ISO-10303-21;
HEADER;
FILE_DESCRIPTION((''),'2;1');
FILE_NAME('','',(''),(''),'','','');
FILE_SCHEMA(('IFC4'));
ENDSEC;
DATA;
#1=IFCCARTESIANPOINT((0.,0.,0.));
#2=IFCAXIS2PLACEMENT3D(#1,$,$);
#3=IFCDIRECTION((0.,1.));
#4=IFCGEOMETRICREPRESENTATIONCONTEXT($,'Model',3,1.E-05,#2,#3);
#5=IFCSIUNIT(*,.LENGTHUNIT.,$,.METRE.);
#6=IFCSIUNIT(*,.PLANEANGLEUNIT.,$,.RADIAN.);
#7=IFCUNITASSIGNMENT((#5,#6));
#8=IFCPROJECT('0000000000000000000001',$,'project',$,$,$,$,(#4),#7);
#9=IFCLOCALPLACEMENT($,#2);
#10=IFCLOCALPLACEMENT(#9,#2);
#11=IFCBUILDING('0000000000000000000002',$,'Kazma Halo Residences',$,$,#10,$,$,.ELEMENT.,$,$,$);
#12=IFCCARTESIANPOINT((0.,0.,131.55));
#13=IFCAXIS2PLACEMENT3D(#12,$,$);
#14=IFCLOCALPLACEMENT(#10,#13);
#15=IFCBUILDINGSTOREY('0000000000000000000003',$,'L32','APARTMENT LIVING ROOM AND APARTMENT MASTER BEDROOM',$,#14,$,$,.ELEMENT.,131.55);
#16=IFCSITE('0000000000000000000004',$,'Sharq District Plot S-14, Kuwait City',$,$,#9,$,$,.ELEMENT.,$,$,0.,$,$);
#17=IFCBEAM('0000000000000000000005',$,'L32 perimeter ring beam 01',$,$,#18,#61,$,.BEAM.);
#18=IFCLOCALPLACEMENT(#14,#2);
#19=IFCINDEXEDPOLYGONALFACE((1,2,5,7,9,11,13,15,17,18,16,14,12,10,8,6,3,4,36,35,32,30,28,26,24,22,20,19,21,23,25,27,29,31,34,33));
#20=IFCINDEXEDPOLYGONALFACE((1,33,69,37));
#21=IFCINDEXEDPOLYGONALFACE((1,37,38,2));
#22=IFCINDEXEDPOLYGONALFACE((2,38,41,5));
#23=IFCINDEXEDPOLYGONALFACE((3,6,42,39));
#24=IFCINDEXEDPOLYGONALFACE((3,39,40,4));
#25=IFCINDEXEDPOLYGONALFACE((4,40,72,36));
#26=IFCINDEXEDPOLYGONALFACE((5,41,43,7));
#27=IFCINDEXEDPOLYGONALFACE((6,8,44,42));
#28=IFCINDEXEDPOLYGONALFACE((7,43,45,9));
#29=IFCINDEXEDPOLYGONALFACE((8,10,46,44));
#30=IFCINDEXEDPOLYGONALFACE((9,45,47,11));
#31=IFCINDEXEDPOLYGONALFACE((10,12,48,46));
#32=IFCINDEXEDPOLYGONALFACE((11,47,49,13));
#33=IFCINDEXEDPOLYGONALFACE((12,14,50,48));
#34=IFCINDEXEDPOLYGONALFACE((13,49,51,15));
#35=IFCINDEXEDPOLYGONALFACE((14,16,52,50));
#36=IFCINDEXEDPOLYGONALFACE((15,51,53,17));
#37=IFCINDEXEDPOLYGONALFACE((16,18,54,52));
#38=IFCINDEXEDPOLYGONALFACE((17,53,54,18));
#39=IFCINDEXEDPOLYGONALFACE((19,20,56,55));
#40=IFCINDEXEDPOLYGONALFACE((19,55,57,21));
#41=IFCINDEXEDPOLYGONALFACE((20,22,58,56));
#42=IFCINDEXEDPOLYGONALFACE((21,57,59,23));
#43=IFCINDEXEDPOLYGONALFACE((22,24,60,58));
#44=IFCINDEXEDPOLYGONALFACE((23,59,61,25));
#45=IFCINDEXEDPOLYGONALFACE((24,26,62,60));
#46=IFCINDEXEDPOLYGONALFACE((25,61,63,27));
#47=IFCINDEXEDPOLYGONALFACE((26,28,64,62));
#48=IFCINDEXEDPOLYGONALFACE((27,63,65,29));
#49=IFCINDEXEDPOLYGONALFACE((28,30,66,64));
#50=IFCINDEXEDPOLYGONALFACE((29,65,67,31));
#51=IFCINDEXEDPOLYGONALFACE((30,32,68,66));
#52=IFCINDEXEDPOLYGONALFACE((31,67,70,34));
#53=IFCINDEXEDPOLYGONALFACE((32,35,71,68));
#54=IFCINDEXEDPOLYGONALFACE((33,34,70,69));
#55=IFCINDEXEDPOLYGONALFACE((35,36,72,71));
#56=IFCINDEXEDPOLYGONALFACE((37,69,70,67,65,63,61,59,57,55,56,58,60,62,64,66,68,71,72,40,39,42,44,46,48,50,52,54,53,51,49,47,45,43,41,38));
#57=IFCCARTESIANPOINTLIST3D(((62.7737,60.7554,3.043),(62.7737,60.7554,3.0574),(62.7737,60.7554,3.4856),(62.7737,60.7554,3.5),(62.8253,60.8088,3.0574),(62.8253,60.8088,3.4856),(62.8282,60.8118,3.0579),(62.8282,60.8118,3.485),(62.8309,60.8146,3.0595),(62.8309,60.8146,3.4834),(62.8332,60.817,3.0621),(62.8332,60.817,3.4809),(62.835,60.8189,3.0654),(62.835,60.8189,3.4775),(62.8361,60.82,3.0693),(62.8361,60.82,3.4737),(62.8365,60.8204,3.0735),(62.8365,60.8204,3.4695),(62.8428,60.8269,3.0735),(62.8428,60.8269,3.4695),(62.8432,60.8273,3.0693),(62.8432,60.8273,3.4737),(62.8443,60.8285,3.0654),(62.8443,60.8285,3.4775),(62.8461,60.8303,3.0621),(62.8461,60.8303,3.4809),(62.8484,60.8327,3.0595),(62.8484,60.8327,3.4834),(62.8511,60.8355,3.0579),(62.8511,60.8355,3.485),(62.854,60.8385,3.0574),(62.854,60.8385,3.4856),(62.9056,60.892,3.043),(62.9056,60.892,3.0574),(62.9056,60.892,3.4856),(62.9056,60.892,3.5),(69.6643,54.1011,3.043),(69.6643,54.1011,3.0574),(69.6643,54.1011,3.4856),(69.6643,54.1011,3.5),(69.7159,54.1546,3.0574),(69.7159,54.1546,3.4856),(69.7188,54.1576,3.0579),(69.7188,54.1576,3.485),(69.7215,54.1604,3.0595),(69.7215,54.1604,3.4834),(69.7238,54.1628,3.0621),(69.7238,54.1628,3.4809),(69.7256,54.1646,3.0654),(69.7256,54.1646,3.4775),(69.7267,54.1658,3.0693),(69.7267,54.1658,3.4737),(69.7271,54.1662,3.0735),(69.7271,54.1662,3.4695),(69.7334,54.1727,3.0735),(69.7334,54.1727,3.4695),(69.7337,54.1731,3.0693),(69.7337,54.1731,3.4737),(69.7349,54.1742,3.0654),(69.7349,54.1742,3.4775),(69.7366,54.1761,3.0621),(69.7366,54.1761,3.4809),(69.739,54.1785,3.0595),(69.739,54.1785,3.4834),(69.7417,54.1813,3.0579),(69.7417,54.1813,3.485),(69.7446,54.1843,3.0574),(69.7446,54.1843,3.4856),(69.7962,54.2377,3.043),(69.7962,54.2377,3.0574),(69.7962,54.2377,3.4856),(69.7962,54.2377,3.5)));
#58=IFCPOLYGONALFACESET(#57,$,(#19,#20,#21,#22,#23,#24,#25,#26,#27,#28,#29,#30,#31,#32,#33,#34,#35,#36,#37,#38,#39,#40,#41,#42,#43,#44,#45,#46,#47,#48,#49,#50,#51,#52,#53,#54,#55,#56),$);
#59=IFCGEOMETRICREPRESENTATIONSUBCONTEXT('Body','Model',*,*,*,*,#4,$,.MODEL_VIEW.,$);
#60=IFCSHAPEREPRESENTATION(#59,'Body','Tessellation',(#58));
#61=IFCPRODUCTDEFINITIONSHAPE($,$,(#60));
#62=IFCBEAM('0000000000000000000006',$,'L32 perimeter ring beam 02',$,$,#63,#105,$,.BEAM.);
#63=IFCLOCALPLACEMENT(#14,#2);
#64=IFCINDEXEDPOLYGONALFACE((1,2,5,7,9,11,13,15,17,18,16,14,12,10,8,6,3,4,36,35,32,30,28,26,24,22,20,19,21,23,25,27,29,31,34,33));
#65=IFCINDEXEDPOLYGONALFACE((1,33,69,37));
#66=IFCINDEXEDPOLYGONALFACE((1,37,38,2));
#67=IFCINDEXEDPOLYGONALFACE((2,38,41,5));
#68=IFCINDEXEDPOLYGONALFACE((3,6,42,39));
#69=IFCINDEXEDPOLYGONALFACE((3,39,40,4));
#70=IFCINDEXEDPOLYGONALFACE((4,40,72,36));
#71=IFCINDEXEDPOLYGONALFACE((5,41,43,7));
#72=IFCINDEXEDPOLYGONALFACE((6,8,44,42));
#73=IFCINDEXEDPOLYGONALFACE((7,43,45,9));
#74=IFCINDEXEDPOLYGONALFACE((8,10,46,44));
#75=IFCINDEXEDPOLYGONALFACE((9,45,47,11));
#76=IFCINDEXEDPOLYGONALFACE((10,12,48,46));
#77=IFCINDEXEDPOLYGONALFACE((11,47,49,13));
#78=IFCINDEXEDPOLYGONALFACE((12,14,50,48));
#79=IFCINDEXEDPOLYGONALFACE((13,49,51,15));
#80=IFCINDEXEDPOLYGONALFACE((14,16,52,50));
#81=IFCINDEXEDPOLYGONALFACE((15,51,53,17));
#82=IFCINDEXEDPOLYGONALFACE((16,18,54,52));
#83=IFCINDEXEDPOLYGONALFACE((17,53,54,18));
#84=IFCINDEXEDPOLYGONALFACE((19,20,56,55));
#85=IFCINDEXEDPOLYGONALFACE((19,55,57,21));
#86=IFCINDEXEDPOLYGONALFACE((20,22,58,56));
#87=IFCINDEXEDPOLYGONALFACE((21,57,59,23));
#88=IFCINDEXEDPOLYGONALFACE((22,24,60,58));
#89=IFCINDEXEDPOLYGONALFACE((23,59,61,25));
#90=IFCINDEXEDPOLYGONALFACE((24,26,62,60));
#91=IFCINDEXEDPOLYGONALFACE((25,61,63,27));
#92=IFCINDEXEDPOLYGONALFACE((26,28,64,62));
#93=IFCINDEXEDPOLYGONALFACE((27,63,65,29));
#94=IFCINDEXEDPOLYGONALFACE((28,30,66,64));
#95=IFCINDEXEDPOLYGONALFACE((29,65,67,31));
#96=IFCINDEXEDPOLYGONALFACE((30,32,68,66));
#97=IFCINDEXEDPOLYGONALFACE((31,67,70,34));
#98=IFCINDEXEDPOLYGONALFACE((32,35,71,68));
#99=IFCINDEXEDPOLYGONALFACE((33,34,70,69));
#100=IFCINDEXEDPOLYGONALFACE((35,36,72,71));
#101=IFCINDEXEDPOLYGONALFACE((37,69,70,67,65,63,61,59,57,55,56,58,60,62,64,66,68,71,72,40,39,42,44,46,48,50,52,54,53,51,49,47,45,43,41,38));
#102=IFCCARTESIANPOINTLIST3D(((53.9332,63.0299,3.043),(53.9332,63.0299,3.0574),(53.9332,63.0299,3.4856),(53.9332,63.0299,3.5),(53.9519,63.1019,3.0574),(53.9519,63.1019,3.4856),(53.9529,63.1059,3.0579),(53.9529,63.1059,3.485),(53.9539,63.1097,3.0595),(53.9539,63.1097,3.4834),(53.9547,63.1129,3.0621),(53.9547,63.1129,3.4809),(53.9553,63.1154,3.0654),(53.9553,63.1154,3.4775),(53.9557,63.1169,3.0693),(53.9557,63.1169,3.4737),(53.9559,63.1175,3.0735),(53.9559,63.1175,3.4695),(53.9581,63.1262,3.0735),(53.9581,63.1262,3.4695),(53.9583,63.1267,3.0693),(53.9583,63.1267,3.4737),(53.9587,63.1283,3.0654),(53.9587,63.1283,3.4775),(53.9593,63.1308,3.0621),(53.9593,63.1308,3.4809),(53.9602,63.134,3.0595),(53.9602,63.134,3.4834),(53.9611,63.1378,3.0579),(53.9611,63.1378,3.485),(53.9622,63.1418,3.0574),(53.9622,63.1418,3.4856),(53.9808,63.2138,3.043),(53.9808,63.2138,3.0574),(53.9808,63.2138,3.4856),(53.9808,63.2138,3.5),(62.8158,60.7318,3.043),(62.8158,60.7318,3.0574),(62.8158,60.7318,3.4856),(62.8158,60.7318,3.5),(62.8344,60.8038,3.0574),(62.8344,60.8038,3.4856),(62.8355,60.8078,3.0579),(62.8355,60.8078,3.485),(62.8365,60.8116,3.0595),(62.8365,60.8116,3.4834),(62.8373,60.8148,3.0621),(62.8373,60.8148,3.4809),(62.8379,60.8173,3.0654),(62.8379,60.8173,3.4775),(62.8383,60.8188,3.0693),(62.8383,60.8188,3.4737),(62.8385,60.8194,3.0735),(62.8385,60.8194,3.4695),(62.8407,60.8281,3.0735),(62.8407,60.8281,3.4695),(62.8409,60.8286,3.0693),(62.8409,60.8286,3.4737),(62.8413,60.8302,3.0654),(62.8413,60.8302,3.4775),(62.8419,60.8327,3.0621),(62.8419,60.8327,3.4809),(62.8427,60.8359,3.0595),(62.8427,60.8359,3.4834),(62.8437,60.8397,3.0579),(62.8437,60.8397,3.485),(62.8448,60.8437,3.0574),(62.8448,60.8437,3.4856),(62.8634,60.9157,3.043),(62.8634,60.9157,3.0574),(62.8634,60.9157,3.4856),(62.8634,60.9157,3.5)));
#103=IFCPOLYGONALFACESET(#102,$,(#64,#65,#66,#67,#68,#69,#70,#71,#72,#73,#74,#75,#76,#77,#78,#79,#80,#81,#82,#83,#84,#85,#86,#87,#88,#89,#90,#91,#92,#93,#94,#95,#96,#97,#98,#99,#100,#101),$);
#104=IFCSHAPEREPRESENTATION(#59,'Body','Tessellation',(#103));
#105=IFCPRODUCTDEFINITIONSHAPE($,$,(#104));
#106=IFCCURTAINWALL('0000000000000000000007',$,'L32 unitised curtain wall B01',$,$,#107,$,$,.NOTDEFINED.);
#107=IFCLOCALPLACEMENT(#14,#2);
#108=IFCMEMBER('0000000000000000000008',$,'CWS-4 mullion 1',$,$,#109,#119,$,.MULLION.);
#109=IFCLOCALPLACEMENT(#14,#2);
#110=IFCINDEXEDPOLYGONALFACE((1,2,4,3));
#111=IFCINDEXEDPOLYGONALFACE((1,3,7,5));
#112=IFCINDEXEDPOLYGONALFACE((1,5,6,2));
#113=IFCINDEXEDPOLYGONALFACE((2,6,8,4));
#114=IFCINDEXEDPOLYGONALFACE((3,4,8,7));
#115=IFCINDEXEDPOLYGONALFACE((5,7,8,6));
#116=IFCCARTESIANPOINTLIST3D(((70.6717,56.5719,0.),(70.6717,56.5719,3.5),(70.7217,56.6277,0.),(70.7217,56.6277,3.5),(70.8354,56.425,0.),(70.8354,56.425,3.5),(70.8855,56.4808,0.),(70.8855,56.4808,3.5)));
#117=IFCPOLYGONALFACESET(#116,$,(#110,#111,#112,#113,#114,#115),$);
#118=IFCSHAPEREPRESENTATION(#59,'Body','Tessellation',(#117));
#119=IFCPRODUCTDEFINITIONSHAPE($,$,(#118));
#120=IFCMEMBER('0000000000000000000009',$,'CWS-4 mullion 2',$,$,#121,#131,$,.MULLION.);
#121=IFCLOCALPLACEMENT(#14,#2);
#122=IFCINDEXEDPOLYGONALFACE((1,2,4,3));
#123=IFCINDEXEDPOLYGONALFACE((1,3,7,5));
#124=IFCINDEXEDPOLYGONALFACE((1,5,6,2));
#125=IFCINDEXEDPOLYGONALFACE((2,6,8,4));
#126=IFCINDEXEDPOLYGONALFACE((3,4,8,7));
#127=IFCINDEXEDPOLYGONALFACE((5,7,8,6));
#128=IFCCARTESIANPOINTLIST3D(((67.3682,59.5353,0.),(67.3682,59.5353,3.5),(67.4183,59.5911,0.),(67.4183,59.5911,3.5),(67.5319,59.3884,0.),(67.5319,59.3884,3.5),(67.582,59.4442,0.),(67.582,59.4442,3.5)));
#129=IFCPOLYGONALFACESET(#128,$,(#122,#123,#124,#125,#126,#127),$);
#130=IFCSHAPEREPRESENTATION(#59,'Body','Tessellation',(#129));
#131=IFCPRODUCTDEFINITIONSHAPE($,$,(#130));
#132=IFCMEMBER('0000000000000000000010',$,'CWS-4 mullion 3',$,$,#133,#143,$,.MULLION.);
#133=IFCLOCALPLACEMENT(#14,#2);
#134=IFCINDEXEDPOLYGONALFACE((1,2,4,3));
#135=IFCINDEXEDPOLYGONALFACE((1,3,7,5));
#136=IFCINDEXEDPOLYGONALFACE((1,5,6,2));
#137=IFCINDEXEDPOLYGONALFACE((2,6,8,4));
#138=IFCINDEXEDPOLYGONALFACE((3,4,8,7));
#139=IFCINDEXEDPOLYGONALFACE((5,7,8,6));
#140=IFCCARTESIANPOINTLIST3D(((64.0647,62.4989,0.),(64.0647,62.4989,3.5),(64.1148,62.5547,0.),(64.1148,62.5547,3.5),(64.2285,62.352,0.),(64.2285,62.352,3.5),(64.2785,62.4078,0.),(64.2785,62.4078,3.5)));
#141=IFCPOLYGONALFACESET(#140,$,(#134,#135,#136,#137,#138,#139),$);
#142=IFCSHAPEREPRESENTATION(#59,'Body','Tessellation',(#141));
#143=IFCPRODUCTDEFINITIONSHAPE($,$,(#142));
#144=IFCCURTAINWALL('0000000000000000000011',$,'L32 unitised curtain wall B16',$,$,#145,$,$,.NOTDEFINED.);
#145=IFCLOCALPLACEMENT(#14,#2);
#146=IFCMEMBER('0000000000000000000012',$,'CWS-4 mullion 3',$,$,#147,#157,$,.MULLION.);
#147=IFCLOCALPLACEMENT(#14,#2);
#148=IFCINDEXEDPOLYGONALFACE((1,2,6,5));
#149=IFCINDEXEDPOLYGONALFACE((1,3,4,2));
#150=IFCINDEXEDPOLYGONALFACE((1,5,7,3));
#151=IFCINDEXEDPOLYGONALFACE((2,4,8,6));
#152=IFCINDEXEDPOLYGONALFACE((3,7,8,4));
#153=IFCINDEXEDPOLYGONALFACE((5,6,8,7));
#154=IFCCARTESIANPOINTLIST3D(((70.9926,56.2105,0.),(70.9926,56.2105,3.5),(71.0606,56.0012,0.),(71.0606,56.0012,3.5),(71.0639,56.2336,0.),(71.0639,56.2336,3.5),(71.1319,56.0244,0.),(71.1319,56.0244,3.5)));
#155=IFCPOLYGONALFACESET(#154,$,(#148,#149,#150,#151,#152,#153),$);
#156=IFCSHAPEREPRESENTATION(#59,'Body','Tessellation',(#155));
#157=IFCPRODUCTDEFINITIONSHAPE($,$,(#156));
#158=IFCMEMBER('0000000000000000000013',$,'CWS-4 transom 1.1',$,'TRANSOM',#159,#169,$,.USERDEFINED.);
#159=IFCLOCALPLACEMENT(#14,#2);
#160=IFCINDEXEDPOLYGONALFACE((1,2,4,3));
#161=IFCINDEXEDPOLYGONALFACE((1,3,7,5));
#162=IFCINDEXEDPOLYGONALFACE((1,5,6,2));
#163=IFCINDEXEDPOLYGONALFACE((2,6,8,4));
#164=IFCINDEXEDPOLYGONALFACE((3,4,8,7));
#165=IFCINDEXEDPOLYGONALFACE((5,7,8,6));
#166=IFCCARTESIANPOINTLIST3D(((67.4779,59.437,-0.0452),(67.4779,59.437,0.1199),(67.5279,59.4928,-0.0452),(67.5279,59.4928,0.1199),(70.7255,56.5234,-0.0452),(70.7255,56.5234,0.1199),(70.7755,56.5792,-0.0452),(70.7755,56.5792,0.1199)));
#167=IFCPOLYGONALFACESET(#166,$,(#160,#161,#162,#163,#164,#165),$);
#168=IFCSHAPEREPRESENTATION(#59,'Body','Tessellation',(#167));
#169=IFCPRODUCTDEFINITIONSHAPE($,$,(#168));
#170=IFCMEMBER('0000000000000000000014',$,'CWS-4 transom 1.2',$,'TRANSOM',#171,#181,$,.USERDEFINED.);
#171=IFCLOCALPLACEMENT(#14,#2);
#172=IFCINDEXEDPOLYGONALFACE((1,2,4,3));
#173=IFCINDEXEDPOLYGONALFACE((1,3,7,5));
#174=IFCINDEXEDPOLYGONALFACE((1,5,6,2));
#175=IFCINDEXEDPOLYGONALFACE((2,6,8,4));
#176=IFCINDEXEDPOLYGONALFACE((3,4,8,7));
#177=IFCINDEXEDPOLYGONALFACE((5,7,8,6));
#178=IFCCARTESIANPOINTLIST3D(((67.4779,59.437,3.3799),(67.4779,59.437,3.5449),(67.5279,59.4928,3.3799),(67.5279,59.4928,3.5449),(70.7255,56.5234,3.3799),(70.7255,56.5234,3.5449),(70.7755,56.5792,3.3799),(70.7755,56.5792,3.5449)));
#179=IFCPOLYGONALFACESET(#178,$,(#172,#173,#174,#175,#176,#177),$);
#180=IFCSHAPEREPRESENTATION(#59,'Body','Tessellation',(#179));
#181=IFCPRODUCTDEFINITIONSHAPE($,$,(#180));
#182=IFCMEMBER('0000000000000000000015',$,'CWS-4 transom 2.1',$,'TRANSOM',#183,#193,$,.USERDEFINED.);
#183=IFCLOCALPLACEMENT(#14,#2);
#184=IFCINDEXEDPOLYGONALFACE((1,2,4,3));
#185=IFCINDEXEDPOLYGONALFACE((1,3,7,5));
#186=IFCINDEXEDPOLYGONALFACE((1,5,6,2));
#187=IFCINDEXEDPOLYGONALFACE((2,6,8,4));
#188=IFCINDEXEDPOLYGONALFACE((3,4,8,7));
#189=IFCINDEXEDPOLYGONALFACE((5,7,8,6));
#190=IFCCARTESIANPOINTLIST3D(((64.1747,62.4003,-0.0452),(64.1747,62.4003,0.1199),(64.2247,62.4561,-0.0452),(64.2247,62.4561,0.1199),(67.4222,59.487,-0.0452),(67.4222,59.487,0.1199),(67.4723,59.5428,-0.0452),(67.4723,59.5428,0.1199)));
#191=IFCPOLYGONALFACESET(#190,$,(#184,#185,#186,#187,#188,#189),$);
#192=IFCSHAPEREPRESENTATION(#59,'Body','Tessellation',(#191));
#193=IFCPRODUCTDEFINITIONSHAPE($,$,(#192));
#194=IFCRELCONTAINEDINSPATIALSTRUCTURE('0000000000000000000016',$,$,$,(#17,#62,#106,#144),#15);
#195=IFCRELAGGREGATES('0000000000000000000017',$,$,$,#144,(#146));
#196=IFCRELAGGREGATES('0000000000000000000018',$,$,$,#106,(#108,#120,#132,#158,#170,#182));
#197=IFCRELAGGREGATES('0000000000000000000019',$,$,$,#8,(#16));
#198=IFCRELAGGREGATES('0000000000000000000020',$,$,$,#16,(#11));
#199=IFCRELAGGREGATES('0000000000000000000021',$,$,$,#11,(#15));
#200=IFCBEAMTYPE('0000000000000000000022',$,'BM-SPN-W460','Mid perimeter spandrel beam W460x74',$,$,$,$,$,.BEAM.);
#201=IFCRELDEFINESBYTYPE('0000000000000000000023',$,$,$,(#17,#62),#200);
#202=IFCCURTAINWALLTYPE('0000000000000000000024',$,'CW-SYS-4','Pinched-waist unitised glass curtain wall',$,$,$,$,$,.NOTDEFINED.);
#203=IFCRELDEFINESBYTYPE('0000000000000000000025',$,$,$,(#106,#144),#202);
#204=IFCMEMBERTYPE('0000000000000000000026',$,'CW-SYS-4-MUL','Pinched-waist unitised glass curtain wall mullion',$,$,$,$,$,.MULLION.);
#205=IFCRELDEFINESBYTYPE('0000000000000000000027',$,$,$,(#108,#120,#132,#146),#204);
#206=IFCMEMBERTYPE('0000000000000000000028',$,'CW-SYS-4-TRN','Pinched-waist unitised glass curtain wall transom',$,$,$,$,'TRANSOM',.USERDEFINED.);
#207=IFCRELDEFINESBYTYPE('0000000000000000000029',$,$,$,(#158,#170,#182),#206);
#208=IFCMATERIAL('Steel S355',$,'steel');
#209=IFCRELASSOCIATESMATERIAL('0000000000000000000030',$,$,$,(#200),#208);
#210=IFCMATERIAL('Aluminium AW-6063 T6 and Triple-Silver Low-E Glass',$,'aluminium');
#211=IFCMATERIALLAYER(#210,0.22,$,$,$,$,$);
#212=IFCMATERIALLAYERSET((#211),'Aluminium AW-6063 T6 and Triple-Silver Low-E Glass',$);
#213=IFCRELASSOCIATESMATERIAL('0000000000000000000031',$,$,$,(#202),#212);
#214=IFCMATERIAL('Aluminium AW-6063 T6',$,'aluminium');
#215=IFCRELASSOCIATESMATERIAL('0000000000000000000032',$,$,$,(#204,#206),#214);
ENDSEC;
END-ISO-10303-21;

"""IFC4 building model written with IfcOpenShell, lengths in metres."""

from ifc_helpers import new_model, si_unit, direction, frame, origin, origin_2d, place, context, subcontext, project, spatial, rectangle, i_section, extrude, material, layer, layer_set, material_profile, profile_set, type_object, element, aggregate, save


model = new_model("IFC4")

# Units and contexts
model_context = context("Model", 3, precision=1e-05, world=origin(), true_north=direction((0.0, 1.0)))
body_context = subcontext(model_context, "Body", "Model", "MODEL_VIEW")
ifc_project = project(units=[si_unit("LENGTHUNIT", "METRE"), si_unit("PLANEANGLEUNIT", "RADIAN")], contexts=[model_context])

# Site, building, storey
site_placement = place(None, origin())
site = spatial("IfcSite", under=ifc_project, at=site_placement, Name="Sharq District Plot S-14, Kuwait City", CompositionType="ELEMENT", RefElevation=0.0)
building_placement = place(site_placement, origin())
building = spatial("IfcBuilding", under=site, at=building_placement, Name="Kazma Halo Residences", CompositionType="ELEMENT")
storey_placement = place(building_placement, frame((0.0, 0.0, 131.55)))
storey = spatial("IfcBuildingStorey", under=building, at=storey_placement, Name="L32", Description="APARTMENT LIVING ROOM AND APARTMENT MASTER BEDROOM", CompositionType="ELEMENT", Elevation=131.55)

# Beams
ifc_material_1 = material(Name="Steel S355", Category="steel")
ifc_material_profile_1 = material_profile(ifc_material_1, i_section(OverallWidth=0.1899, OverallDepth=0.457, WebThickness=0.009, FlangeThickness=0.0144, FilletRadius=0.0161, at=origin_2d()), Name="W460x74")
ifc_profile_set_1 = profile_set([ifc_material_profile_1], Name="Steel S355")
beam_type_1 = type_object("IfcBeamType", Name="BM-SPN-W460", Description="Mid perimeter spandrel beam W460x74", PredefinedType="BEAM", material=ifc_profile_set_1)
beam_1_placement = place(storey_placement, frame((69.7302, 54.1694, 3.2715), z_axis=(-0.719335, 0.694664, 0.0), x_axis=(-0.694664, -0.719335, 0.0)))
element("IfcBeam", 1, at=beam_1_placement, inside=storey, type_object=beam_type_1, Name="L32 perimeter ring beam 01", PredefinedType="BEAM", context=body_context, shape_type="SweptSolid", body=[
    extrude(i_section(OverallWidth=0.1899, OverallDepth=0.457, WebThickness=0.009, FlangeThickness=0.0144, FilletRadius=0.0161, at=origin_2d()), origin(), (0.0, 0.0, 1.0), 9.5791),
])
beam_2_placement = place(storey_placement, frame((62.8396, 60.8237, 3.2715), z_axis=(-0.968124, 0.250473, 0.0), x_axis=(-0.250473, -0.968124, 0.0)))
element("IfcBeam", 2, at=beam_2_placement, inside=storey, type_object=beam_type_1, Name="L32 perimeter ring beam 02", PredefinedType="BEAM", context=body_context, shape_type="SweptSolid", body=[
    extrude(i_section(OverallWidth=0.1899, OverallDepth=0.457, WebThickness=0.009, FlangeThickness=0.0144, FilletRadius=0.0161, at=origin_2d()), origin(), (0.0, 0.0, 1.0), 9.175),
])

# Curtain wall, members
ifc_material_2 = material(Name="Aluminium AW-6063 T6 and Triple-Silver Low-E Glass", Category="aluminium")
ifc_layer_1 = layer(ifc_material_2, 0.22)
ifc_layer_set_1 = layer_set([ifc_layer_1], Name="Aluminium AW-6063 T6 and Triple-Silver Low-E Glass")
curtain_wall_type = type_object("IfcCurtainWallType", Name="CW-SYS-4", Description="Pinched-waist unitised glass curtain wall", PredefinedType="NOTDEFINED", material=ifc_layer_set_1)
curtain_wall_1_placement = place(storey_placement, origin())
curtain_wall_1 = element("IfcCurtainWall", 3, at=curtain_wall_1_placement, inside=storey, type_object=curtain_wall_type, Name="L32 unitised curtain wall B01", PredefinedType="NOTDEFINED")
ifc_material_3 = material(Name="Aluminium AW-6063 T6", Category="aluminium")
ifc_material_profile_2 = material_profile(ifc_material_3, rectangle(XDim=0.075, YDim=0.22, at=origin_2d()), Name="CWM-75x220")
ifc_profile_set_2 = profile_set([ifc_material_profile_2], Name="Aluminium AW-6063 T6")
member_type_1 = type_object("IfcMemberType", Name="CW-SYS-4-MUL", Description="Pinched-waist unitised glass curtain wall mullion", PredefinedType="MULLION", material=ifc_profile_set_2)
member_1_placement = place(storey_placement, frame((70.7786, 56.5264, 0.0), z_axis=(0.0, 0.0, 1.0), x_axis=(-0.66777, -0.744368, 0.0)))
member_1 = element("IfcMember", 4, at=member_1_placement, type_object=member_type_1, Name="CWS-4 mullion 1", PredefinedType="MULLION", context=body_context, shape_type="SweptSolid", body=[
    extrude(rectangle(XDim=0.075, YDim=0.22, at=origin_2d()), origin(), (0.0, 0.0, 1.0), 3.5),
])
member_2_placement = place(storey_placement, frame((67.4751, 59.4897, 0.0), z_axis=(0.0, 0.0, 1.0), x_axis=(-0.66777, -0.744368, 0.0)))
member_2 = element("IfcMember", 5, at=member_2_placement, type_object=member_type_1, Name="CWS-4 mullion 2", PredefinedType="MULLION", context=body_context, shape_type="SweptSolid", body=[
    extrude(rectangle(XDim=0.075, YDim=0.22, at=origin_2d()), origin(), (0.0, 0.0, 1.0), 3.5),
])
member_3_placement = place(storey_placement, frame((64.1716, 62.4534, 0.0), z_axis=(0.0, 0.0, 1.0), x_axis=(-0.66777, -0.744368, 0.0)))
member_3 = element("IfcMember", 6, at=member_3_placement, type_object=member_type_1, Name="CWS-4 mullion 3", PredefinedType="MULLION", context=body_context, shape_type="SweptSolid", body=[
    extrude(rectangle(XDim=0.075, YDim=0.22, at=origin_2d()), origin(), (0.0, 0.0, 1.0), 3.5),
])

# Curtain wall, member
curtain_wall_2_placement = place(storey_placement, origin())
curtain_wall_2 = element("IfcCurtainWall", 7, at=curtain_wall_2_placement, inside=storey, type_object=curtain_wall_type, Name="L32 unitised curtain wall B16", PredefinedType="NOTDEFINED")
member_4_placement = place(storey_placement, frame((71.0623, 56.1174, 0.0), z_axis=(0.0, 0.0, 1.0), x_axis=(-0.951058, -0.309014, 0.0)))
member_4 = element("IfcMember", 8, at=member_4_placement, type_object=member_type_1, Name="CWS-4 mullion 3", PredefinedType="MULLION", context=body_context, shape_type="SweptSolid", body=[
    extrude(rectangle(XDim=0.075, YDim=0.22, at=origin_2d()), origin(), (0.0, 0.0, 1.0), 3.5),
])
aggregate(curtain_wall_2, [member_4])

# Members
ifc_material_profile_3 = material_profile(ifc_material_3, rectangle(XDim=0.075, YDim=0.165, at=origin_2d()), Name="CWT-75x165")
ifc_profile_set_3 = profile_set([ifc_material_profile_3], Name="Aluminium AW-6063 T6")
member_type_2 = type_object("IfcMemberType", Name="CW-SYS-4-TRN", Description="Pinched-waist unitised glass curtain wall transom", ElementType="TRANSOM", PredefinedType="USERDEFINED", material=ifc_profile_set_3)
member_5_placement = place(storey_placement, frame((70.7505, 56.5513, 0.0374), z_axis=(-0.744345, 0.667795, 0.0), x_axis=(-0.667795, -0.744345, 0.0)))
member_5 = element("IfcMember", 9, at=member_5_placement, type_object=member_type_2, Name="CWS-4 transom 1.1", ObjectType="TRANSOM", PredefinedType="USERDEFINED", context=body_context, shape_type="SweptSolid", body=[
    extrude(rectangle(XDim=0.075, YDim=0.165, at=origin_2d()), origin(), (0.0, 0.0, 1.0), 4.363),
])
member_6_placement = place(storey_placement, frame((70.7505, 56.5513, 3.4624), z_axis=(-0.744345, 0.667795, 0.0), x_axis=(-0.667795, -0.744345, 0.0)))
member_6 = element("IfcMember", 10, at=member_6_placement, type_object=member_type_2, Name="CWS-4 transom 1.2", ObjectType="TRANSOM", PredefinedType="USERDEFINED", context=body_context, shape_type="SweptSolid", body=[
    extrude(rectangle(XDim=0.075, YDim=0.165, at=origin_2d()), origin(), (0.0, 0.0, 1.0), 4.363),
])
member_7_placement = place(storey_placement, frame((67.4473, 59.5149, 0.0374), z_axis=(-0.744373, 0.667764, 0.0), x_axis=(-0.667764, -0.744373, 0.0)))
member_7 = element("IfcMember", 11, at=member_7_placement, type_object=member_type_2, Name="CWS-4 transom 2.1", ObjectType="TRANSOM", PredefinedType="USERDEFINED", context=body_context, shape_type="SweptSolid", body=[
    extrude(rectangle(XDim=0.075, YDim=0.165, at=origin_2d()), origin(), (0.0, 0.0, 1.0), 4.3628),
])

aggregate(curtain_wall_1, [member_1, member_2, member_3, member_5, member_6, member_7])

save(model, "model.ifc")
